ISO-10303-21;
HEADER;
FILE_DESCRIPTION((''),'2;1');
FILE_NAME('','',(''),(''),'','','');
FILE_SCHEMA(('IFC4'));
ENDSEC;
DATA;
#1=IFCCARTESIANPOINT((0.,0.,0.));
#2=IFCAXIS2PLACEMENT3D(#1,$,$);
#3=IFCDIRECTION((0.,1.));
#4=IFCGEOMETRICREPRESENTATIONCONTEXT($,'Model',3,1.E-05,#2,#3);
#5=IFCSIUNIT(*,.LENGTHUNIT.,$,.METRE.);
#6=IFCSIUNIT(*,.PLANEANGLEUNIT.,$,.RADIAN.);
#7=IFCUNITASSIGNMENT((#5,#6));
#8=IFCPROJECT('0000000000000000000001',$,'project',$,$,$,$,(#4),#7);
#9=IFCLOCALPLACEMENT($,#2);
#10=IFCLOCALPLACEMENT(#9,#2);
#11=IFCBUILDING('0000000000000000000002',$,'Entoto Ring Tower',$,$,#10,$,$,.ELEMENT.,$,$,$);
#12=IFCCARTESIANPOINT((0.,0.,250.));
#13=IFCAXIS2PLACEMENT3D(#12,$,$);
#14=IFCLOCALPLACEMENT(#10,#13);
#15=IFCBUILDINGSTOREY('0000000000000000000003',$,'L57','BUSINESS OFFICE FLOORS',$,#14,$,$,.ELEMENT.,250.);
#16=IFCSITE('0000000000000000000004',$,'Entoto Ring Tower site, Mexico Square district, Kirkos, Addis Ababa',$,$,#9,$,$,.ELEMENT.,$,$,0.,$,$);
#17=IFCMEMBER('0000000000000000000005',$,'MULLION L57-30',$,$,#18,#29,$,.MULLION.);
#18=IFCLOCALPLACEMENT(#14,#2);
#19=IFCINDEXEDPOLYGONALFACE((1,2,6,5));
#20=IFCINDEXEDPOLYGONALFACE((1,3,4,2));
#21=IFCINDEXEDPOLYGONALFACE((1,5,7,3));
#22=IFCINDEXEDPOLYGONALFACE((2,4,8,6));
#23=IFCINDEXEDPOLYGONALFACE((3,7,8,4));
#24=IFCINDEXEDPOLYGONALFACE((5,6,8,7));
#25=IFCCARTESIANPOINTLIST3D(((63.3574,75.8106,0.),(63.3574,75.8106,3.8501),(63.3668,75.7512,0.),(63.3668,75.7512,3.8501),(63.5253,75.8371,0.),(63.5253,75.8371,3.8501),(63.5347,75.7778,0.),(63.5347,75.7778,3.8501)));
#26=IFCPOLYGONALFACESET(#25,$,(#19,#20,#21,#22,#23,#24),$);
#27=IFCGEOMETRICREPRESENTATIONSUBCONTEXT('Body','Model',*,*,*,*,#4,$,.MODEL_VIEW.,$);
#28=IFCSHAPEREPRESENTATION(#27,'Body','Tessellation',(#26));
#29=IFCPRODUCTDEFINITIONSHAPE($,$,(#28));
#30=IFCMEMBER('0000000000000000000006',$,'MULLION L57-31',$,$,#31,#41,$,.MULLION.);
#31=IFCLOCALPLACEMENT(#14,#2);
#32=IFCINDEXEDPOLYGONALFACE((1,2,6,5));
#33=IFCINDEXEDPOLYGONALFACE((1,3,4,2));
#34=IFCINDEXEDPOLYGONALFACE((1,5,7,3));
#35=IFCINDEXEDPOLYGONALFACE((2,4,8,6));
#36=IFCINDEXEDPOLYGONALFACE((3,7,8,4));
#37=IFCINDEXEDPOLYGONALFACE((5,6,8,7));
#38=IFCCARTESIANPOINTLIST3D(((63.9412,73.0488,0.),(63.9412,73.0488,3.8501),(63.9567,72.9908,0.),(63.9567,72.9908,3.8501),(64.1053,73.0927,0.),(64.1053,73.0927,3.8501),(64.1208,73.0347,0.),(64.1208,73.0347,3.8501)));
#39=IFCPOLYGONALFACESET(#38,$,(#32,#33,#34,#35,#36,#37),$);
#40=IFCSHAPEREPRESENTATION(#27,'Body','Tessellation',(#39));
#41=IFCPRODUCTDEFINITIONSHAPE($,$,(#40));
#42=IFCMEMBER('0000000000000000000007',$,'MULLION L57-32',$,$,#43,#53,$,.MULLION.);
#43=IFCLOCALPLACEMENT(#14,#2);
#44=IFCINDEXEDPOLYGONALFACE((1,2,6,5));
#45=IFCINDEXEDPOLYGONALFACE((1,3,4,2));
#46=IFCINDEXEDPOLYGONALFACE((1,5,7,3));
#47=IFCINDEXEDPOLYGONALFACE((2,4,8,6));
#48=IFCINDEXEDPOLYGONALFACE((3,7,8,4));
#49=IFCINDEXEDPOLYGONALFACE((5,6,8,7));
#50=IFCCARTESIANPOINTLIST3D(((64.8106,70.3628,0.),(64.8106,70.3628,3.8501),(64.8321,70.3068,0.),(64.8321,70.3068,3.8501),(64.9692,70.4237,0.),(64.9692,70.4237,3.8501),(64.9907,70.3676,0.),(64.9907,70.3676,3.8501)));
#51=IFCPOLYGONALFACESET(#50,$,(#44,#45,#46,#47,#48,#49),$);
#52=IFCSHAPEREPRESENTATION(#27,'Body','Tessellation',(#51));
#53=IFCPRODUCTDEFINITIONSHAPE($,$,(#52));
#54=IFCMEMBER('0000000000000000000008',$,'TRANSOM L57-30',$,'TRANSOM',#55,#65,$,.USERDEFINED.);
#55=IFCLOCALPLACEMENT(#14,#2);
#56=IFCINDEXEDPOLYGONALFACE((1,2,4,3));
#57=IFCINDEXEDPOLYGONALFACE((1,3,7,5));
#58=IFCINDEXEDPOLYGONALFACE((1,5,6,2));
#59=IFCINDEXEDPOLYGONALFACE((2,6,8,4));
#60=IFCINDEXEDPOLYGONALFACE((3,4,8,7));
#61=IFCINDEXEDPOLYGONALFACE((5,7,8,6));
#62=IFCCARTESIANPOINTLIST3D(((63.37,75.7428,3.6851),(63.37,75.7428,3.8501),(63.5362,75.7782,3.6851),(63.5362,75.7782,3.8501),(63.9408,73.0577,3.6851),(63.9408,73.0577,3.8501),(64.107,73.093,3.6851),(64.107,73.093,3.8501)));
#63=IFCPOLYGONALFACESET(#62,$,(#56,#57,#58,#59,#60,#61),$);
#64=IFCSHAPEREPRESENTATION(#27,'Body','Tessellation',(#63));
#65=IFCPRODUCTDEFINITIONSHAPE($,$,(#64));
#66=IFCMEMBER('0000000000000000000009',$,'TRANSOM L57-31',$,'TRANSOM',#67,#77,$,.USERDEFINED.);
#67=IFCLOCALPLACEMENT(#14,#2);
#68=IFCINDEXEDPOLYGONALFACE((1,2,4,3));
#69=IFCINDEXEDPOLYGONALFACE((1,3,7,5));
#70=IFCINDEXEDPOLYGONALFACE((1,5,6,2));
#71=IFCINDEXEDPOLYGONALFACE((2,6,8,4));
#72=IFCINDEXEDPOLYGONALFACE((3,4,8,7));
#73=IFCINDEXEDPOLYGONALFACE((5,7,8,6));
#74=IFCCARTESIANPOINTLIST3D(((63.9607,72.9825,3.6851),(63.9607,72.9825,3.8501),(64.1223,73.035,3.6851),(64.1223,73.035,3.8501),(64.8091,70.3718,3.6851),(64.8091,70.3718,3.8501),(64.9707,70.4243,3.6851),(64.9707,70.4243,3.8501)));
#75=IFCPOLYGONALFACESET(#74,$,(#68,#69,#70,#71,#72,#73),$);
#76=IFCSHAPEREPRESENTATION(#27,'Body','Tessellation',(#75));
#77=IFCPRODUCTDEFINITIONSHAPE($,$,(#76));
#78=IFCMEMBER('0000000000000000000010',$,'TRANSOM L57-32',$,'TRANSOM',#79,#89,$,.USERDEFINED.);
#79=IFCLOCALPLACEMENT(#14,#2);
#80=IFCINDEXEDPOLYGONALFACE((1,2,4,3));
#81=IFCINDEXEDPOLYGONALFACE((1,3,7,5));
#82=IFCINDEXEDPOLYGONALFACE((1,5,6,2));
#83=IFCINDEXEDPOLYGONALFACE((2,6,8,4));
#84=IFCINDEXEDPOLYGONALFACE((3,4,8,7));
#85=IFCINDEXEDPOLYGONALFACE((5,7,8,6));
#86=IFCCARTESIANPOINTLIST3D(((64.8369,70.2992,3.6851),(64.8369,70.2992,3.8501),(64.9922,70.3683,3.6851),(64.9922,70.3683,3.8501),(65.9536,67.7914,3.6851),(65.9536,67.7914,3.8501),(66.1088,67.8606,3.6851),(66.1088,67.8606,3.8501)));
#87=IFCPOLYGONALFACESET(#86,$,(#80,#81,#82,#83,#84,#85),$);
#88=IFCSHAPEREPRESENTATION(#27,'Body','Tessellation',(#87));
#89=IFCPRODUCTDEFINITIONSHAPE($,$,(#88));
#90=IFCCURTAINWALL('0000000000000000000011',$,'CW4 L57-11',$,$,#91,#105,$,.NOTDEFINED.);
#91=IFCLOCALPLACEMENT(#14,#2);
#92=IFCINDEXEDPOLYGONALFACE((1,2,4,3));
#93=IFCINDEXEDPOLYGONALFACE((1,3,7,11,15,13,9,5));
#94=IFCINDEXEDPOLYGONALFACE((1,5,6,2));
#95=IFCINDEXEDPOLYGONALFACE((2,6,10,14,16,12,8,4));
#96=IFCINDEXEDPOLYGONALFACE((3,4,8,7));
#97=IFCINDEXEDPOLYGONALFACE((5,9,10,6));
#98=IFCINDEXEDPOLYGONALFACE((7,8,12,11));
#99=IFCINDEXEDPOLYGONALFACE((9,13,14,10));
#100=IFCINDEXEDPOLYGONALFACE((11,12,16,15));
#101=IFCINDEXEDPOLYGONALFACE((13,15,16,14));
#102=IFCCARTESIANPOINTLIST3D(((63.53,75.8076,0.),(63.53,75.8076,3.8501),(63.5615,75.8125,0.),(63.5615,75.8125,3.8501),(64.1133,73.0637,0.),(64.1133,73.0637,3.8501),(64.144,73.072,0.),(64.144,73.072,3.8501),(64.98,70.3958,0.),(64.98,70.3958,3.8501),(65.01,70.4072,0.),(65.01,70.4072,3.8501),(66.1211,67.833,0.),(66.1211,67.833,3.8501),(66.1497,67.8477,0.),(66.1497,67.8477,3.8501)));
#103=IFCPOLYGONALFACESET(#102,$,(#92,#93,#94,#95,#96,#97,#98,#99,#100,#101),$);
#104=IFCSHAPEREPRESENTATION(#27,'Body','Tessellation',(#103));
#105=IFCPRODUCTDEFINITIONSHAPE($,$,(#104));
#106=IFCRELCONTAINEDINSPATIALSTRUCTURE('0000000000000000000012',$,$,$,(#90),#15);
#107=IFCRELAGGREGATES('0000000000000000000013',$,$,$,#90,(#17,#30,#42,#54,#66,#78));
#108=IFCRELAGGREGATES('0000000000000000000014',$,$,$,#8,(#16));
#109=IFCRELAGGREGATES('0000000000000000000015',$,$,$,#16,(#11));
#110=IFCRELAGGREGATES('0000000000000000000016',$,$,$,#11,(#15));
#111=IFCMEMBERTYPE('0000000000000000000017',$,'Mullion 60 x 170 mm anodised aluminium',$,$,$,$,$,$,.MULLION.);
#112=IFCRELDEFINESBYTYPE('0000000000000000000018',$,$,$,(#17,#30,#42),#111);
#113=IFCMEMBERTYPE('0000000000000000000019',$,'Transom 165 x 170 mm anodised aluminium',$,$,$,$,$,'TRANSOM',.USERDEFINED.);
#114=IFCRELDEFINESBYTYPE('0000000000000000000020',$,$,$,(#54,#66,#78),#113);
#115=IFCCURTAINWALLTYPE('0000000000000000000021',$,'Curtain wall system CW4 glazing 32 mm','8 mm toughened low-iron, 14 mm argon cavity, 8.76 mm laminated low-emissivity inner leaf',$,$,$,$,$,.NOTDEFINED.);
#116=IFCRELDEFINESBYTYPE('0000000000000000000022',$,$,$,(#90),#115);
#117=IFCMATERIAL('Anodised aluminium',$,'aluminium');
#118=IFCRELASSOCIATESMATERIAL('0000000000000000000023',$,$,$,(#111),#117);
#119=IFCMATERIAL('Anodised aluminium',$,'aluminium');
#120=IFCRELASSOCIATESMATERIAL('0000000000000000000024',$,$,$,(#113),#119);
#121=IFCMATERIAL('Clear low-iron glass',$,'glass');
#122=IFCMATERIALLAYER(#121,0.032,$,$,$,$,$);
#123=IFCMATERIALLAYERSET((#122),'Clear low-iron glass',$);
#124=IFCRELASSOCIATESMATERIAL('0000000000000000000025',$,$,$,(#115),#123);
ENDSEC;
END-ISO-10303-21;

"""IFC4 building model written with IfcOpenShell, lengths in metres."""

from ifc_helpers import new_model, si_unit, direction, frame, origin, origin_2d, place, context, subcontext, project, spatial, polyline, rectangle, outline, extrude, material, layer, layer_set, material_profile, profile_set, type_object, element, aggregate, save


model = new_model("IFC4")

# Units and contexts
model_context = context("Model", 3, precision=1e-05, world=origin(), true_north=direction((0.0, 1.0)))
body_context = subcontext(model_context, "Body", "Model", "MODEL_VIEW")
ifc_project = project(units=[si_unit("LENGTHUNIT", "METRE"), si_unit("PLANEANGLEUNIT", "RADIAN")], contexts=[model_context])

# Members
ifc_material_1 = material(Name="Anodised aluminium", Category="aluminium")
ifc_material_profile_1 = material_profile(ifc_material_1, rectangle(XDim=0.0601, YDim=0.1699, at=origin_2d()), Name="Mullion 60 x 170 mm anodised aluminium")
ifc_profile_set_1 = profile_set([ifc_material_profile_1], Name="Anodised aluminium")
member_type_1 = type_object("IfcMemberType", Name="Mullion 60 x 170 mm anodised aluminium", PredefinedType="MULLION", material=ifc_profile_set_1)
site_placement = place(None, origin())
building_placement = place(site_placement, origin())
storey_placement = place(building_placement, frame((0.0, 0.0, 250.0)))
member_1_placement = place(storey_placement, frame((63.446, 75.7942, 0.0), z_axis=(0.0, 0.0, 1.0), x_axis=(0.156434, -0.987688, 0.0)))
member_1 = element("IfcMember", 1, at=member_1_placement, type_object=member_type_1, Name="MULLION L57-30", PredefinedType="MULLION", context=body_context, shape_type="SweptSolid", body=[
    extrude(rectangle(XDim=0.0601, YDim=0.1699, at=origin_2d()), origin(), (0.0, 0.0, 1.0), 3.8501),
])
member_2_placement = place(storey_placement, frame((64.031, 73.0417, 0.0), z_axis=(0.0, 0.0, 1.0), x_axis=(0.258819, -0.965926, 0.0)))
member_2 = element("IfcMember", 2, at=member_2_placement, type_object=member_type_1, Name="MULLION L57-31", PredefinedType="MULLION", context=body_context, shape_type="SweptSolid", body=[
    extrude(rectangle(XDim=0.0601, YDim=0.1699, at=origin_2d()), origin(), (0.0, 0.0, 1.0), 3.8501),
])
member_3_placement = place(storey_placement, frame((64.9006, 70.3652, 0.0), z_axis=(0.0, 0.0, 1.0), x_axis=(0.358368, -0.93358, 0.0)))
member_3 = element("IfcMember", 3, at=member_3_placement, type_object=member_type_1, Name="MULLION L57-32", PredefinedType="MULLION", context=body_context, shape_type="SweptSolid", body=[
    extrude(rectangle(XDim=0.0601, YDim=0.1699, at=origin_2d()), origin(), (0.0, 0.0, 1.0), 3.8501),
])
ifc_material_2 = material(Name="Anodised aluminium", Category="aluminium")
ifc_material_profile_2 = material_profile(ifc_material_2, rectangle(XDim=0.1699, YDim=0.165, at=origin_2d()), Name="Transom 165 x 170 mm anodised aluminium")
ifc_profile_set_2 = profile_set([ifc_material_profile_2], Name="Anodised aluminium")
member_type_2 = type_object("IfcMemberType", Name="Transom 165 x 170 mm anodised aluminium", ElementType="TRANSOM", PredefinedType="USERDEFINED", material=ifc_profile_set_2)
member_4_placement = place(storey_placement, frame((63.4531, 75.7605, 3.7676), z_axis=(0.207937, -0.978142, 0.0), x_axis=(0.978142, 0.207937, 0.0)))
member_4 = element("IfcMember", 4, at=member_4_placement, type_object=member_type_2, Name="TRANSOM L57-30", ObjectType="TRANSOM", PredefinedType="USERDEFINED", context=body_context, shape_type="SweptSolid", body=[
    extrude(rectangle(XDim=0.1699, YDim=0.165, at=origin_2d()), origin(), (0.0, 0.0, 1.0), 2.7451),
])
member_5_placement = place(storey_placement, frame((64.0415, 73.0088, 3.7676), z_axis=(0.309042, -0.951048, 0.0), x_axis=(0.951048, 0.309042, 0.0)))
member_5 = element("IfcMember", 5, at=member_5_placement, type_object=member_type_2, Name="TRANSOM L57-31", ObjectType="TRANSOM", PredefinedType="USERDEFINED", context=body_context, shape_type="SweptSolid", body=[
    extrude(rectangle(XDim=0.1699, YDim=0.165, at=origin_2d()), origin(), (0.0, 0.0, 1.0), 2.7451),
])
member_6_placement = place(storey_placement, frame((64.9146, 70.3337, 3.7676), z_axis=(0.406782, -0.913525, 0.0), x_axis=(0.913525, 0.406782, 0.0)))
member_6 = element("IfcMember", 6, at=member_6_placement, type_object=member_type_2, Name="TRANSOM L57-32", ObjectType="TRANSOM", PredefinedType="USERDEFINED", context=body_context, shape_type="SweptSolid", body=[
    extrude(rectangle(XDim=0.1699, YDim=0.165, at=origin_2d()), origin(), (0.0, 0.0, 1.0), 2.7451),
])

# Site, building, storey
site = spatial("IfcSite", under=ifc_project, at=site_placement, Name="Entoto Ring Tower site, Mexico Square district, Kirkos, Addis Ababa", CompositionType="ELEMENT", RefElevation=0.0)
building = spatial("IfcBuilding", under=site, at=building_placement, Name="Entoto Ring Tower", CompositionType="ELEMENT")
storey = spatial("IfcBuildingStorey", under=building, at=storey_placement, Name="L57", Description="BUSINESS OFFICE FLOORS", CompositionType="ELEMENT", Elevation=250.0)

# Curtain wall
ifc_material_3 = material(Name="Clear low-iron glass", Category="glass")
ifc_layer = layer(ifc_material_3, 0.032)
ifc_layer_set = layer_set([ifc_layer], Name="Clear low-iron glass")
curtain_wall_type = type_object("IfcCurtainWallType", Name="Curtain wall system CW4 glazing 32 mm", Description="8 mm toughened low-iron, 14 mm argon cavity, 8.76 mm laminated low-emissivity inner leaf", PredefinedType="NOTDEFINED", material=ifc_layer_set)
curtain_wall_1_placement = place(storey_placement, origin())
curtain_wall_1 = element("IfcCurtainWall", 7, at=curtain_wall_1_placement, inside=storey, type_object=curtain_wall_type, Name="CW4 L57-11", PredefinedType="NOTDEFINED", context=body_context, shape_type="SweptSolid", body=[
    extrude(outline(polyline([(63.53, 75.8076), (64.1133, 73.0637), (64.98, 70.3958), (66.1211, 67.833), (66.1497, 67.8477), (65.01, 70.4072), (64.144, 73.072), (63.5615, 75.8125), (63.53, 75.8076)])), origin(), (0.0, 0.0, 1.0), 3.8501),
])
aggregate(curtain_wall_1, [member_1, member_2, member_3, member_4, member_5, member_6])

save(model, "model.ifc")
